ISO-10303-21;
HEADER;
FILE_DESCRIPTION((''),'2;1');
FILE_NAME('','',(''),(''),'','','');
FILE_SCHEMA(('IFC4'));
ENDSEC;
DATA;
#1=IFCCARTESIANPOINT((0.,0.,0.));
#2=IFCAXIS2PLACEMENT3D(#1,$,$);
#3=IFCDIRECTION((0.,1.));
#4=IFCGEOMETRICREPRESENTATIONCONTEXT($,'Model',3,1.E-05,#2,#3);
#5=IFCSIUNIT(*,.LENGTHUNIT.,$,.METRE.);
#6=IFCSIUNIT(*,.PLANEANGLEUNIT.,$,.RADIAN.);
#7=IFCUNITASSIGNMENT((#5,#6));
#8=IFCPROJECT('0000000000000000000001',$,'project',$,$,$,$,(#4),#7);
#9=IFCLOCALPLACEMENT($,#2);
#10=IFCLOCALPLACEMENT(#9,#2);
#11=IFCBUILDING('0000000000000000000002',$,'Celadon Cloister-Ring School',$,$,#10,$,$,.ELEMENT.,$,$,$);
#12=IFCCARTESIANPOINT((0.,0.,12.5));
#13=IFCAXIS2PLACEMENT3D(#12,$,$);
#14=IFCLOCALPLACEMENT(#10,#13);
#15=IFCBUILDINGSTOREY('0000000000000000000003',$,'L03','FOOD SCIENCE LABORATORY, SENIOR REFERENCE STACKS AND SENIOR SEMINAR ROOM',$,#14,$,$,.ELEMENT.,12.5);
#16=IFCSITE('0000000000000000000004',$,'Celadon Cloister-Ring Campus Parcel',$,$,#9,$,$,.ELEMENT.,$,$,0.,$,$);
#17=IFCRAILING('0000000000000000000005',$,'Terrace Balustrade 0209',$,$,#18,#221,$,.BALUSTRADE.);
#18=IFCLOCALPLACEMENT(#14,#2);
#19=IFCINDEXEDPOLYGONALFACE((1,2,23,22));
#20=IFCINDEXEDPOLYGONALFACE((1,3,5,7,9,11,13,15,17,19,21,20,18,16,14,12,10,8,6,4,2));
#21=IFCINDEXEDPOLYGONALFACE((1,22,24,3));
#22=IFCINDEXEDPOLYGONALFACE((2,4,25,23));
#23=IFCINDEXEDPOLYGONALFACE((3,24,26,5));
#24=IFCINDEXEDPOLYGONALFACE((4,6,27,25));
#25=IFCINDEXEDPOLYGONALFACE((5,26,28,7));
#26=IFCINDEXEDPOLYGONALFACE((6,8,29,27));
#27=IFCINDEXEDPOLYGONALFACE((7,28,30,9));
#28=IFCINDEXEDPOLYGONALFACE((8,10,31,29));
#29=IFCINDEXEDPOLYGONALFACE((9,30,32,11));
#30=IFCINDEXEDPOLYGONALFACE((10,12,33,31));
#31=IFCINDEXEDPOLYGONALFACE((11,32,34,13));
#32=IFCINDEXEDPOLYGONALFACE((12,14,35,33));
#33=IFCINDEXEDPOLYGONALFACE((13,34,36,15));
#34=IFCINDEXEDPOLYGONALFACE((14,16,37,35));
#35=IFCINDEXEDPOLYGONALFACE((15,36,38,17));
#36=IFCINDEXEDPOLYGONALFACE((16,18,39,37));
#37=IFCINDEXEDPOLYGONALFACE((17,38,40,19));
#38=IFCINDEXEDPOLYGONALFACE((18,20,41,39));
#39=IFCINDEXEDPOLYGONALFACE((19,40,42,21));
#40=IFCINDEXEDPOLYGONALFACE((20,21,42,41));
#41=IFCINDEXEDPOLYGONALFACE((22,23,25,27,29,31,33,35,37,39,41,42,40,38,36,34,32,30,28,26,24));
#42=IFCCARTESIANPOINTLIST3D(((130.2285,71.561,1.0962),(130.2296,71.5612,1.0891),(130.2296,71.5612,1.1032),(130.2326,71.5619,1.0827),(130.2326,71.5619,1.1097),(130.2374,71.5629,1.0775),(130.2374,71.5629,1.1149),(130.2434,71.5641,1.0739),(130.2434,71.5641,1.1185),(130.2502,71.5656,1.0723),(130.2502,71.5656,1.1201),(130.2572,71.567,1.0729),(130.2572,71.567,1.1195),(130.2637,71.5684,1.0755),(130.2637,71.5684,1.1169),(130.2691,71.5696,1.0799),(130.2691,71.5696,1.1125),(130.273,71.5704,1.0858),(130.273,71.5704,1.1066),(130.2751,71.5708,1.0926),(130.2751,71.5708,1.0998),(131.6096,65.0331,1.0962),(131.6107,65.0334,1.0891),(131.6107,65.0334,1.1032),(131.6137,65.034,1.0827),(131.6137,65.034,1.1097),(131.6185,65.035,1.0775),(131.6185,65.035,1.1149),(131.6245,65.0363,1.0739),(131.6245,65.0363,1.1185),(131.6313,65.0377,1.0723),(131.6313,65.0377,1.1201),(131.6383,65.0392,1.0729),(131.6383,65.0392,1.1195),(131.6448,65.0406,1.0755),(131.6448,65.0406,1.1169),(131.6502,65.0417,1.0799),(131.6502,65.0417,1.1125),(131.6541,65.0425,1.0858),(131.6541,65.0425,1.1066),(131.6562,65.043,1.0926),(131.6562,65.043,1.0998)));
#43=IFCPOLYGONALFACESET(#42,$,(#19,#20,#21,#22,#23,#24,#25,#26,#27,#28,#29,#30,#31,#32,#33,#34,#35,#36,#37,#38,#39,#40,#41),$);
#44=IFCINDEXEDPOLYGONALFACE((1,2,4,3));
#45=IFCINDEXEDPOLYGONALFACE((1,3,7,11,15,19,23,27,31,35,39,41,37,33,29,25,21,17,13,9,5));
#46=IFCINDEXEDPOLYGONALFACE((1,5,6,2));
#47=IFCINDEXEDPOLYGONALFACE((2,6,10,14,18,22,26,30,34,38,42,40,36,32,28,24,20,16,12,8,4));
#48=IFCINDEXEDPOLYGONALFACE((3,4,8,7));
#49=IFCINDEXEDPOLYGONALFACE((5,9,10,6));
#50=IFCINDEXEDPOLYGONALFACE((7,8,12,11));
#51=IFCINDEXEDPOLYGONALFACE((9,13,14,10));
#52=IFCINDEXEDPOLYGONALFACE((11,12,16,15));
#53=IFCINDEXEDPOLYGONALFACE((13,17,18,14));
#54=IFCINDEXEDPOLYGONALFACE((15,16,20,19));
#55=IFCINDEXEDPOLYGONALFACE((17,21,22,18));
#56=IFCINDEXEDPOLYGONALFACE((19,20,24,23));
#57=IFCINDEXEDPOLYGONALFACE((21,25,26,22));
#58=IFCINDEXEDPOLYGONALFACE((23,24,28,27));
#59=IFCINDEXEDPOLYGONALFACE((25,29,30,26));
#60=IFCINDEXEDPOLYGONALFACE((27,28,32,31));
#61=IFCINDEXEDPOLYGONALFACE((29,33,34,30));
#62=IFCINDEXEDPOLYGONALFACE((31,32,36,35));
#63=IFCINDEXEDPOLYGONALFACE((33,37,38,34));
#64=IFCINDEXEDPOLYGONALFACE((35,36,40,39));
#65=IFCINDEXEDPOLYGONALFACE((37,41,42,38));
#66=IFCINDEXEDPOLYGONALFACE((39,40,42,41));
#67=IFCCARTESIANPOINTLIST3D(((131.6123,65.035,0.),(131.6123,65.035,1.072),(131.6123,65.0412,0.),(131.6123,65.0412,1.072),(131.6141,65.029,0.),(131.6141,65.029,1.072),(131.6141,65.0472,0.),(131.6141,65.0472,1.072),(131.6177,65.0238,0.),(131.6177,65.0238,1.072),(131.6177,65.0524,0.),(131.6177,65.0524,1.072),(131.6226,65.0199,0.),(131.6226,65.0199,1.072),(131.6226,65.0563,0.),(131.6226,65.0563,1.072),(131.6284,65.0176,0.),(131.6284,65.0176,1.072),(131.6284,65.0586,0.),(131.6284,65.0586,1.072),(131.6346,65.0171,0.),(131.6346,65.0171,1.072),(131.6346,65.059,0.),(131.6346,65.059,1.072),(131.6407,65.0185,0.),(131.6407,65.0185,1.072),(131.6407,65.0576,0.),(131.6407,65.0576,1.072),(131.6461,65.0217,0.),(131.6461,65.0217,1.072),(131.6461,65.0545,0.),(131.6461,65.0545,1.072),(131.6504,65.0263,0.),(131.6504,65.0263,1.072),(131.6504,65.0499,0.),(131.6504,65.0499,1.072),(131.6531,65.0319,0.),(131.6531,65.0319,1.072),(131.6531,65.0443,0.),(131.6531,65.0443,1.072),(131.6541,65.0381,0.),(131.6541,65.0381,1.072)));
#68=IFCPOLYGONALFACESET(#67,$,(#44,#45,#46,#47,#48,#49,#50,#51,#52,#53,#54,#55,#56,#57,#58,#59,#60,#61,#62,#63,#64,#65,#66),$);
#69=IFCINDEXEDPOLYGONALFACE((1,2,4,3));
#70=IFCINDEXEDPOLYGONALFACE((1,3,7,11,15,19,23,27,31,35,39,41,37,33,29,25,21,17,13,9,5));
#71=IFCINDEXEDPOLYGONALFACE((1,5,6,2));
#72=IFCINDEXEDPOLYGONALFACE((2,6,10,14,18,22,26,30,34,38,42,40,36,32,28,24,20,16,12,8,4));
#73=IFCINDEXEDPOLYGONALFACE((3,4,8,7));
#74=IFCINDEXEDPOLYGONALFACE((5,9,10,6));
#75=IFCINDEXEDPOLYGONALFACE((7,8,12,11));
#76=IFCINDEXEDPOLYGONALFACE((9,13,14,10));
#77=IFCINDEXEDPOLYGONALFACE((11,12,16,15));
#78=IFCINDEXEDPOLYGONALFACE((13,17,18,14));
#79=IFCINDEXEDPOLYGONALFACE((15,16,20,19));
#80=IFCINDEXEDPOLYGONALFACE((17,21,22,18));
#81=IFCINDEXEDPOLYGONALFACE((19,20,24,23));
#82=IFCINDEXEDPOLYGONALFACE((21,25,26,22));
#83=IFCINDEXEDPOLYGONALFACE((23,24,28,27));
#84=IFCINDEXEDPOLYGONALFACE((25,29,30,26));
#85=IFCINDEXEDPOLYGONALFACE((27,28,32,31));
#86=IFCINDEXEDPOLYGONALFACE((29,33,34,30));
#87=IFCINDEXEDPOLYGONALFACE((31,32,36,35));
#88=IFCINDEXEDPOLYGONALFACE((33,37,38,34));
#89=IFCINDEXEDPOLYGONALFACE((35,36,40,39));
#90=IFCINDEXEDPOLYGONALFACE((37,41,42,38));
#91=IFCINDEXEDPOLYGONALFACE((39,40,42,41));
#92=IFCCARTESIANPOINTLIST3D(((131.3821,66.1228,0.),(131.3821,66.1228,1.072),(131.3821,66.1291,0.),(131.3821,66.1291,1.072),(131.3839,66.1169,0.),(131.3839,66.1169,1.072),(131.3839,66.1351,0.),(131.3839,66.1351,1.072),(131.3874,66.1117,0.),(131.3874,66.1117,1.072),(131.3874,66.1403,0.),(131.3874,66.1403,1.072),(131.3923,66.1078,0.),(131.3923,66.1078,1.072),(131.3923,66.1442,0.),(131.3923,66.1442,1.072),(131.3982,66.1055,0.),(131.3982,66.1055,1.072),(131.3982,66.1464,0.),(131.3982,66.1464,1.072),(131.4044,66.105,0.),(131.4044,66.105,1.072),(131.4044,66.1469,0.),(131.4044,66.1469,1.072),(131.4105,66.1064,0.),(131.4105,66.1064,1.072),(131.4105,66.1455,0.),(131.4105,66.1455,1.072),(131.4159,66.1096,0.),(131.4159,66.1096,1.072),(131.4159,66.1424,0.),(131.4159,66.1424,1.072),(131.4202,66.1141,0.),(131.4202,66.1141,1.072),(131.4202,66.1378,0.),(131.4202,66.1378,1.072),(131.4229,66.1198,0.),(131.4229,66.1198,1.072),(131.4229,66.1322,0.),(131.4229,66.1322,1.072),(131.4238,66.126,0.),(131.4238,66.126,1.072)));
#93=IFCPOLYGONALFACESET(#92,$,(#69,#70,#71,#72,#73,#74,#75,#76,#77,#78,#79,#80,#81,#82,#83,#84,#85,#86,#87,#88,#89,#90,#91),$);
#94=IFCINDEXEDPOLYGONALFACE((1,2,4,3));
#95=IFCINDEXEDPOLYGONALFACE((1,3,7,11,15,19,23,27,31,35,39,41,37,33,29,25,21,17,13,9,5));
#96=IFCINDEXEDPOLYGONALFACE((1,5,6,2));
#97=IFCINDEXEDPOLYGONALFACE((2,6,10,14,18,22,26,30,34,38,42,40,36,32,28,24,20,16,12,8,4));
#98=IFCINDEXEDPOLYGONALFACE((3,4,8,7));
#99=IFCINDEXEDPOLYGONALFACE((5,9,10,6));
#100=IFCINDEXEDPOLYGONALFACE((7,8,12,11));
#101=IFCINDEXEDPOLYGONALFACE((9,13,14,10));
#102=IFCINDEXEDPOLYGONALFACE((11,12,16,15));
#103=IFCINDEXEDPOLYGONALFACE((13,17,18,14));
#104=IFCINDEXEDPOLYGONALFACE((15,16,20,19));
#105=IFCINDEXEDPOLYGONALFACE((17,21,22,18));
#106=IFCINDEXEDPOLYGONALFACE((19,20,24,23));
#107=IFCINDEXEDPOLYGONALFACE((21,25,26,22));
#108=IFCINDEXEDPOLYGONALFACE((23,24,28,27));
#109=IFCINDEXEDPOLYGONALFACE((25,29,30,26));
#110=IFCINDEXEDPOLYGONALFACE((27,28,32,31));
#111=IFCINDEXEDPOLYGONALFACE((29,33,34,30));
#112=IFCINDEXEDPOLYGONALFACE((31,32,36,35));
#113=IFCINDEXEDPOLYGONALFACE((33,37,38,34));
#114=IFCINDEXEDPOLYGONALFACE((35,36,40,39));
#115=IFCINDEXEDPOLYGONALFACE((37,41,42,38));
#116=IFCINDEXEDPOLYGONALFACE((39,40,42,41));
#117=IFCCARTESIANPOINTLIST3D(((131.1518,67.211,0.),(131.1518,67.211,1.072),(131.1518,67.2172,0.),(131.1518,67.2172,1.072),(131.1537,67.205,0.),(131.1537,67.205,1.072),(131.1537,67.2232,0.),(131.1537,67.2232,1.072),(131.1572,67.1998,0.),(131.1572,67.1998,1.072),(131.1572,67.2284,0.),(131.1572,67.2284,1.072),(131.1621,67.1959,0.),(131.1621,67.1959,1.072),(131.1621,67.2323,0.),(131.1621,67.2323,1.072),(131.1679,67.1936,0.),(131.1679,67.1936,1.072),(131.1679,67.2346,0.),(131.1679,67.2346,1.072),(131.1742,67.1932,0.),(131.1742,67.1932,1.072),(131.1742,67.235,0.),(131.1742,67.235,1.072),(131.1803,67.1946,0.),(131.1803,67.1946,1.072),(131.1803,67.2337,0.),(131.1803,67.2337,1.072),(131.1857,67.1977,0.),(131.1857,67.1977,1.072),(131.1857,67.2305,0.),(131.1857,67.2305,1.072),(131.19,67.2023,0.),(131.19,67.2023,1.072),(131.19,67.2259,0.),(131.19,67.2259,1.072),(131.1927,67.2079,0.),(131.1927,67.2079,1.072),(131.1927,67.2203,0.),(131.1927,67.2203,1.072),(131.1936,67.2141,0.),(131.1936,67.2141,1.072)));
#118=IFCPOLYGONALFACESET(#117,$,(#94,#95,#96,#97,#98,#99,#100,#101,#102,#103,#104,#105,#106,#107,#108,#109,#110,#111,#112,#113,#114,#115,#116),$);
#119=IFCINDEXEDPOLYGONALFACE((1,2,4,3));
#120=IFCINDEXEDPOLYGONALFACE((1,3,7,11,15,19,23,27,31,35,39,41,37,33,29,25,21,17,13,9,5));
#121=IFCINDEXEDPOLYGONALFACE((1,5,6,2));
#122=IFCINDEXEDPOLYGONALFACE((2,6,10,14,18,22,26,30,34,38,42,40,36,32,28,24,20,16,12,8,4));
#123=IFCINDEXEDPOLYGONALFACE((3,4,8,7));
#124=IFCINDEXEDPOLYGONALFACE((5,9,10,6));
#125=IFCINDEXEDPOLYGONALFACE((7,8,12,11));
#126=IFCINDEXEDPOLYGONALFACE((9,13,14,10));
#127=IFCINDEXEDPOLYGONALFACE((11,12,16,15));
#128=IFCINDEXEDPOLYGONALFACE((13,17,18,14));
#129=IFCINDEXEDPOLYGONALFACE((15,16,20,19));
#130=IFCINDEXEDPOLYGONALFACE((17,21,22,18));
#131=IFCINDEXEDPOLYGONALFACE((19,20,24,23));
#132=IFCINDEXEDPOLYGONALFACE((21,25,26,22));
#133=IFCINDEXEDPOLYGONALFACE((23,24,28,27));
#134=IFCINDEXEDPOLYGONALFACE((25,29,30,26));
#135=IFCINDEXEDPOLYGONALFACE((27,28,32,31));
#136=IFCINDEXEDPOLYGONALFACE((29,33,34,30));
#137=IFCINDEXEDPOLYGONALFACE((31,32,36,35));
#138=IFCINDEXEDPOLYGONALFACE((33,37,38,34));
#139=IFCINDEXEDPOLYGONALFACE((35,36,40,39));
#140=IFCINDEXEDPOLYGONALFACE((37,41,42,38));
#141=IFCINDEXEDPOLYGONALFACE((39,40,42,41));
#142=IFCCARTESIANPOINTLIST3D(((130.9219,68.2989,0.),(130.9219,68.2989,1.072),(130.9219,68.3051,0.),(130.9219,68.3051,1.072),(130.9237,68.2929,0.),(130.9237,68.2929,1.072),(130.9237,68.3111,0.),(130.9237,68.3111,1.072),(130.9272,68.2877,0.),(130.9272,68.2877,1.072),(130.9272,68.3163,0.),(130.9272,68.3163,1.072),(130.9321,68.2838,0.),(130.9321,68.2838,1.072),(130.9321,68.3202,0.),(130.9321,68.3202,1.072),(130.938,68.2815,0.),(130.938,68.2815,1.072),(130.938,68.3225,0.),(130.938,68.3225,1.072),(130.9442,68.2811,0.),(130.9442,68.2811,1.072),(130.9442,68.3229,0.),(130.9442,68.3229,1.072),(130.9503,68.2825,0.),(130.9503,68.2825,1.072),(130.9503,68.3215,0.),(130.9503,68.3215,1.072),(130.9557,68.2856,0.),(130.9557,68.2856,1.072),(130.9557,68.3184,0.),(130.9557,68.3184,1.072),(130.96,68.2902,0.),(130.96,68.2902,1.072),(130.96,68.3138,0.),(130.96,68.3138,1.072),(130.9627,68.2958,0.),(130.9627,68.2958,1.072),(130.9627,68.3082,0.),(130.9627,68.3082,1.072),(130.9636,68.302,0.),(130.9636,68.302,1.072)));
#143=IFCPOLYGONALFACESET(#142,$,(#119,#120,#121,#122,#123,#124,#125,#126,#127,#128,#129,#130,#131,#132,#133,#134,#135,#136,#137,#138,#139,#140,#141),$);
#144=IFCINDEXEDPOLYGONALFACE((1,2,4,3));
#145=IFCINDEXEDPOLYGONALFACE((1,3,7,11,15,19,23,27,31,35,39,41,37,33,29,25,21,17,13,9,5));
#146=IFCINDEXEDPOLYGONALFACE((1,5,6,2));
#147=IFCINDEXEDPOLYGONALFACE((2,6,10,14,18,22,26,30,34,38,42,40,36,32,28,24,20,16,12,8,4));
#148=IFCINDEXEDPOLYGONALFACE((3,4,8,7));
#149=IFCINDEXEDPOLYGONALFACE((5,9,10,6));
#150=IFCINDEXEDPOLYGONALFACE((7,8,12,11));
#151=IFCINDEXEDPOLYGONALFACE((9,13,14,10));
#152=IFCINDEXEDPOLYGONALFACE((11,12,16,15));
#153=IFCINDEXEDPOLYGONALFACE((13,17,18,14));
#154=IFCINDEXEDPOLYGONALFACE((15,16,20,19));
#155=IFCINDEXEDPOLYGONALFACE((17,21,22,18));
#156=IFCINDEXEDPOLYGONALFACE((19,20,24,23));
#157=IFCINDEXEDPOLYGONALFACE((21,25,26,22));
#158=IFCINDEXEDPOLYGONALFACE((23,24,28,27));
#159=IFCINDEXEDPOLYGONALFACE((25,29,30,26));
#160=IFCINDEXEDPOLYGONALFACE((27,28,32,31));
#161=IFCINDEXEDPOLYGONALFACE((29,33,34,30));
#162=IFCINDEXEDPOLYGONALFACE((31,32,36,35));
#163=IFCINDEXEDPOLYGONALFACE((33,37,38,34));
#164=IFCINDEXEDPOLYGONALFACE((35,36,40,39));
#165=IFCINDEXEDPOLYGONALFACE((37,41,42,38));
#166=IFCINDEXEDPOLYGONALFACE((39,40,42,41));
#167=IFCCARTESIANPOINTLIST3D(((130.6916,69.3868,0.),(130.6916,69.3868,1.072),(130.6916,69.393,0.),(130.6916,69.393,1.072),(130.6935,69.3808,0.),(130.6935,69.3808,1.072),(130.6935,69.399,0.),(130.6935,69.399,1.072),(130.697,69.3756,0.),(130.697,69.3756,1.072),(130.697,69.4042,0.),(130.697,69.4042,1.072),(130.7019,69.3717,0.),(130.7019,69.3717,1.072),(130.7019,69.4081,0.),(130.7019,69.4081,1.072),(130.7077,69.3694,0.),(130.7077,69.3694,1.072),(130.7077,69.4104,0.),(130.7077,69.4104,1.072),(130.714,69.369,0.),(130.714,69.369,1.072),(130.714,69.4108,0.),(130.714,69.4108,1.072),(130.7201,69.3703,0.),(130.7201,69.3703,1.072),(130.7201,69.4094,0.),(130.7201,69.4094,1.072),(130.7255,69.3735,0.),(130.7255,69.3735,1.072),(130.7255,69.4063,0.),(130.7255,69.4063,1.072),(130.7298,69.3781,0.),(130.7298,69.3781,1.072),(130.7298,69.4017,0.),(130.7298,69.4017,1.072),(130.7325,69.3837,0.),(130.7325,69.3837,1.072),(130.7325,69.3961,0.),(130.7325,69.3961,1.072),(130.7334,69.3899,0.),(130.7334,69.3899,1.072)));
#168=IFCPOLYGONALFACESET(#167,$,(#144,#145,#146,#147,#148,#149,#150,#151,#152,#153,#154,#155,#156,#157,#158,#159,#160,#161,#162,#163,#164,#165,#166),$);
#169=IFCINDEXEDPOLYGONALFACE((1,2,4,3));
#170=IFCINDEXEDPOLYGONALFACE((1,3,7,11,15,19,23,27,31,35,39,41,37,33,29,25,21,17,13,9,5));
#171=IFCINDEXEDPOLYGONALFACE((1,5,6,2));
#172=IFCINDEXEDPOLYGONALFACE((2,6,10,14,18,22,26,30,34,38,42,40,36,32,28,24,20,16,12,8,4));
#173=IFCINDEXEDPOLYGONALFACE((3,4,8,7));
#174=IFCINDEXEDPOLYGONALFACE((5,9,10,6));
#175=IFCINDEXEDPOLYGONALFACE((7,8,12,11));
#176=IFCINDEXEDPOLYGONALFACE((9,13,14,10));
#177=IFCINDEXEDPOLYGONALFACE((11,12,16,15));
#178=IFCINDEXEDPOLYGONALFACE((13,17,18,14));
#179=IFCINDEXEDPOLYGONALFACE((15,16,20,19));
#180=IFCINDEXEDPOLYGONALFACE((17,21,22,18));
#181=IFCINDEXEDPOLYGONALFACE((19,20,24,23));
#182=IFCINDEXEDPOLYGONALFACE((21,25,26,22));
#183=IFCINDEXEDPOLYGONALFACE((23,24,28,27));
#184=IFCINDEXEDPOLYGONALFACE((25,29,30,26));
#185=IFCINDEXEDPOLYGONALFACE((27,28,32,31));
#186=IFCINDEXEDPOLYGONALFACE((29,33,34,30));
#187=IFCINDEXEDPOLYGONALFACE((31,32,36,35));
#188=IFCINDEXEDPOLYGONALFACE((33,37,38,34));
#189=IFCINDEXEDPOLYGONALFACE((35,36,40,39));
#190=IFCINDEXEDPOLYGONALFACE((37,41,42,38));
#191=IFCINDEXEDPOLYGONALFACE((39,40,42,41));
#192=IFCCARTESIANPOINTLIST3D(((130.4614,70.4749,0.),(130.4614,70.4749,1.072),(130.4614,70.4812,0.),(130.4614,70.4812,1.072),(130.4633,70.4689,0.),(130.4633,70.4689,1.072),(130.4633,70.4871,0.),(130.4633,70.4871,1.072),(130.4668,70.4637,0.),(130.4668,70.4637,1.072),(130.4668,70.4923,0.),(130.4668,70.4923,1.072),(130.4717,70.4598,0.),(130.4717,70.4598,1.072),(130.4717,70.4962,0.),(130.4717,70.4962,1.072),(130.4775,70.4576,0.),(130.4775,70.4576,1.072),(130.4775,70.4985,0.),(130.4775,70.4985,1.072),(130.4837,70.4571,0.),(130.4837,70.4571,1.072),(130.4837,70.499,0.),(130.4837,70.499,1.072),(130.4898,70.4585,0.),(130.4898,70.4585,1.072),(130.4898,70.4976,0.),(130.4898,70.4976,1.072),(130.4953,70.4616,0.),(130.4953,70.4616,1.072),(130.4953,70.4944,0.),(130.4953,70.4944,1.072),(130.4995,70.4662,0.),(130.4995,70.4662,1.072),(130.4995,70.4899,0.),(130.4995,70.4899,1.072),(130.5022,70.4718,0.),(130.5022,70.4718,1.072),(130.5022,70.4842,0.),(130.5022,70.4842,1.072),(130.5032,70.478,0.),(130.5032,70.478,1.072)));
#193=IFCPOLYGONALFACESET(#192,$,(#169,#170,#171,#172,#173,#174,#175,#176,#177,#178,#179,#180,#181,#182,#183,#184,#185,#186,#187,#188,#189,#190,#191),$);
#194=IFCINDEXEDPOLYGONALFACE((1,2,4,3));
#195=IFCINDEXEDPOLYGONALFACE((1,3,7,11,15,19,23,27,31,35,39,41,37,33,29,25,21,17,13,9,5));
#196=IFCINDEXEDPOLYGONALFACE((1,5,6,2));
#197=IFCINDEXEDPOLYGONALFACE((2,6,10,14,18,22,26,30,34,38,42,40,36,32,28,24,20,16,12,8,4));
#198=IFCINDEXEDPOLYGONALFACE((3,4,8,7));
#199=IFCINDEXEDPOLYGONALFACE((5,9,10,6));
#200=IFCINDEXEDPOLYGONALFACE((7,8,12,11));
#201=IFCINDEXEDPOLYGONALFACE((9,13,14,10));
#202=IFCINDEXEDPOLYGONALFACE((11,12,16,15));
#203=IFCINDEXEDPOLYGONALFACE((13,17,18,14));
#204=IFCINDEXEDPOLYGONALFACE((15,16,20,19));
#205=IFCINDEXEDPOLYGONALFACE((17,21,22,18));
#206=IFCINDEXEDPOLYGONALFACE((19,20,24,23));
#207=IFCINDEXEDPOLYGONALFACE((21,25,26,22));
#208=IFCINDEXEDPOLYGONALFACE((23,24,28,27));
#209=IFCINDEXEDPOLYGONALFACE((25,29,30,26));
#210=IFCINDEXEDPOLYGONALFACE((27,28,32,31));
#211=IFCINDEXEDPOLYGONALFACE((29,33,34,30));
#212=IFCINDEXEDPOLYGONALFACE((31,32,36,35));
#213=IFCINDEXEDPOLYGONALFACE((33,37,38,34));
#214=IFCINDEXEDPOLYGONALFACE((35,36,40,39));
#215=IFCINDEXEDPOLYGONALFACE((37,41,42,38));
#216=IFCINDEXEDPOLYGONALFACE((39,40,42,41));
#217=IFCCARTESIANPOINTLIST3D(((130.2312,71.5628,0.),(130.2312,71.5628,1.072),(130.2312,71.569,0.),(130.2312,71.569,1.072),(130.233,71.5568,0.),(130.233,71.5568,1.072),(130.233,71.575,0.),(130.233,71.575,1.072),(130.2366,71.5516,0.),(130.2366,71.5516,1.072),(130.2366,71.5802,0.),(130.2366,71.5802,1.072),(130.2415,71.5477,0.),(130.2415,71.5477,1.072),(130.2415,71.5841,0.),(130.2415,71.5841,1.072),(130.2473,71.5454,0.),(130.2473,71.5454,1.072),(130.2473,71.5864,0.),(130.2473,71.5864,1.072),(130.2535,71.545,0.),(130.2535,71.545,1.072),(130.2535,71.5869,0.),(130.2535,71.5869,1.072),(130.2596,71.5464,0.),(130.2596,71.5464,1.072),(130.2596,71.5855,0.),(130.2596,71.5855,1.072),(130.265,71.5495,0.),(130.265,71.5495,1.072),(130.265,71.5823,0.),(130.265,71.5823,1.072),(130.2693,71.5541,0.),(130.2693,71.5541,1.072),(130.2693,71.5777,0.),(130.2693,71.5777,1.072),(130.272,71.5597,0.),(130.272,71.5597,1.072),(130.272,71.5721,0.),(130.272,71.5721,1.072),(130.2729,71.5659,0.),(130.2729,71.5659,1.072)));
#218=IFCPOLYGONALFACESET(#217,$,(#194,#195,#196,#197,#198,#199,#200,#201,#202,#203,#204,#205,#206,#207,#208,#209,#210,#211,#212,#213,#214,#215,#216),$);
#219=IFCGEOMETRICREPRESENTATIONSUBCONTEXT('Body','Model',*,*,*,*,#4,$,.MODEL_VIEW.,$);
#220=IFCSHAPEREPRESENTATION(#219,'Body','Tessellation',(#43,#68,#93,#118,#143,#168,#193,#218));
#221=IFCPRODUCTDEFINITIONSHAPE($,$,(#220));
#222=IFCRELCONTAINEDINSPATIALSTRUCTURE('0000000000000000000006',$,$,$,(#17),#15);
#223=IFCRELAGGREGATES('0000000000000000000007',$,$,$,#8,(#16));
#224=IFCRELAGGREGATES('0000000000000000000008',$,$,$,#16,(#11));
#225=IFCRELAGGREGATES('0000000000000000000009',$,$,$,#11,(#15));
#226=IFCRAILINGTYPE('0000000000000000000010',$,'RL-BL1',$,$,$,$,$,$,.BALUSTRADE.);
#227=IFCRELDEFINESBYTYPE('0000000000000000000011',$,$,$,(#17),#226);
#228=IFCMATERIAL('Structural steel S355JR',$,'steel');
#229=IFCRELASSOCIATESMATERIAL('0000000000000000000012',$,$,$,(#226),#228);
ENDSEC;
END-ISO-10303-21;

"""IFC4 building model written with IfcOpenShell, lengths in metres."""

from ifc_helpers import new_model, si_unit, direction, frame, origin, origin_2d, place, context, subcontext, project, spatial, circle, extrude, material, type_object, element, save


model = new_model("IFC4")

# Units and contexts
model_context = context("Model", 3, precision=1e-05, world=origin(), true_north=direction((0.0, 1.0)))
body_context = subcontext(model_context, "Body", "Model", "MODEL_VIEW")
ifc_project = project(units=[si_unit("LENGTHUNIT", "METRE"), si_unit("PLANEANGLEUNIT", "RADIAN")], contexts=[model_context])

# Site, building, storey
site_placement = place(None, origin())
site = spatial("IfcSite", under=ifc_project, at=site_placement, Name="Celadon Cloister-Ring Campus Parcel", CompositionType="ELEMENT", RefElevation=0.0)
building_placement = place(site_placement, origin())
building = spatial("IfcBuilding", under=site, at=building_placement, Name="Celadon Cloister-Ring School", CompositionType="ELEMENT")
storey_placement = place(building_placement, frame((0.0, 0.0, 12.5)))
storey = spatial("IfcBuildingStorey", under=building, at=storey_placement, Name="L03", Description="FOOD SCIENCE LABORATORY, SENIOR REFERENCE STACKS AND SENIOR SEMINAR ROOM", CompositionType="ELEMENT", Elevation=12.5)

# Railing
ifc_material_1 = material(Name="Structural steel S355JR", Category="steel")
railing_type = type_object("IfcRailingType", Name="RL-BL1", PredefinedType="BALUSTRADE", material=ifc_material_1)
railing_placement = place(storey_placement, frame((131.6331, 65.0381, 0.0)))
element("IfcRailing", 1, at=railing_placement, inside=storey, type_object=railing_type, Name="Terrace Balustrade 0209", PredefinedType="BALUSTRADE", context=body_context, shape_type="SweptSolid", body=[
    extrude(circle(Radius=0.0239, at=origin_2d()), frame((0.0, 0.0, 1.0962), z_axis=(-0.20699, 0.978343, 0.0), x_axis=(-0.978343, -0.20699, 0.0)), (0.0, 0.0, 1.0), 6.6724),
    extrude(circle(Radius=0.021, at=origin_2d()), origin(), (0.0, 0.0, 1.0), 1.072),
    extrude(circle(Radius=0.021, at=origin_2d()), frame((-0.2302, 1.0879, 0.0)), (0.0, 0.0, 1.0), 1.072),
    extrude(circle(Radius=0.021, at=origin_2d()), frame((-0.4604, 2.176, 0.0)), (0.0, 0.0, 1.0), 1.072),
    extrude(circle(Radius=0.021, at=origin_2d()), frame((-0.6904, 3.2639, 0.0)), (0.0, 0.0, 1.0), 1.072),
    extrude(circle(Radius=0.021, at=origin_2d()), frame((-0.9207, 4.3518, 0.0)), (0.0, 0.0, 1.0), 1.072),
    extrude(circle(Radius=0.021, at=origin_2d()), frame((-1.1509, 5.4399, 0.0)), (0.0, 0.0, 1.0), 1.072),
    extrude(circle(Radius=0.021, at=origin_2d()), frame((-1.3811, 6.5278, 0.0)), (0.0, 0.0, 1.0), 1.072),
])

save(model, "model.ifc")
